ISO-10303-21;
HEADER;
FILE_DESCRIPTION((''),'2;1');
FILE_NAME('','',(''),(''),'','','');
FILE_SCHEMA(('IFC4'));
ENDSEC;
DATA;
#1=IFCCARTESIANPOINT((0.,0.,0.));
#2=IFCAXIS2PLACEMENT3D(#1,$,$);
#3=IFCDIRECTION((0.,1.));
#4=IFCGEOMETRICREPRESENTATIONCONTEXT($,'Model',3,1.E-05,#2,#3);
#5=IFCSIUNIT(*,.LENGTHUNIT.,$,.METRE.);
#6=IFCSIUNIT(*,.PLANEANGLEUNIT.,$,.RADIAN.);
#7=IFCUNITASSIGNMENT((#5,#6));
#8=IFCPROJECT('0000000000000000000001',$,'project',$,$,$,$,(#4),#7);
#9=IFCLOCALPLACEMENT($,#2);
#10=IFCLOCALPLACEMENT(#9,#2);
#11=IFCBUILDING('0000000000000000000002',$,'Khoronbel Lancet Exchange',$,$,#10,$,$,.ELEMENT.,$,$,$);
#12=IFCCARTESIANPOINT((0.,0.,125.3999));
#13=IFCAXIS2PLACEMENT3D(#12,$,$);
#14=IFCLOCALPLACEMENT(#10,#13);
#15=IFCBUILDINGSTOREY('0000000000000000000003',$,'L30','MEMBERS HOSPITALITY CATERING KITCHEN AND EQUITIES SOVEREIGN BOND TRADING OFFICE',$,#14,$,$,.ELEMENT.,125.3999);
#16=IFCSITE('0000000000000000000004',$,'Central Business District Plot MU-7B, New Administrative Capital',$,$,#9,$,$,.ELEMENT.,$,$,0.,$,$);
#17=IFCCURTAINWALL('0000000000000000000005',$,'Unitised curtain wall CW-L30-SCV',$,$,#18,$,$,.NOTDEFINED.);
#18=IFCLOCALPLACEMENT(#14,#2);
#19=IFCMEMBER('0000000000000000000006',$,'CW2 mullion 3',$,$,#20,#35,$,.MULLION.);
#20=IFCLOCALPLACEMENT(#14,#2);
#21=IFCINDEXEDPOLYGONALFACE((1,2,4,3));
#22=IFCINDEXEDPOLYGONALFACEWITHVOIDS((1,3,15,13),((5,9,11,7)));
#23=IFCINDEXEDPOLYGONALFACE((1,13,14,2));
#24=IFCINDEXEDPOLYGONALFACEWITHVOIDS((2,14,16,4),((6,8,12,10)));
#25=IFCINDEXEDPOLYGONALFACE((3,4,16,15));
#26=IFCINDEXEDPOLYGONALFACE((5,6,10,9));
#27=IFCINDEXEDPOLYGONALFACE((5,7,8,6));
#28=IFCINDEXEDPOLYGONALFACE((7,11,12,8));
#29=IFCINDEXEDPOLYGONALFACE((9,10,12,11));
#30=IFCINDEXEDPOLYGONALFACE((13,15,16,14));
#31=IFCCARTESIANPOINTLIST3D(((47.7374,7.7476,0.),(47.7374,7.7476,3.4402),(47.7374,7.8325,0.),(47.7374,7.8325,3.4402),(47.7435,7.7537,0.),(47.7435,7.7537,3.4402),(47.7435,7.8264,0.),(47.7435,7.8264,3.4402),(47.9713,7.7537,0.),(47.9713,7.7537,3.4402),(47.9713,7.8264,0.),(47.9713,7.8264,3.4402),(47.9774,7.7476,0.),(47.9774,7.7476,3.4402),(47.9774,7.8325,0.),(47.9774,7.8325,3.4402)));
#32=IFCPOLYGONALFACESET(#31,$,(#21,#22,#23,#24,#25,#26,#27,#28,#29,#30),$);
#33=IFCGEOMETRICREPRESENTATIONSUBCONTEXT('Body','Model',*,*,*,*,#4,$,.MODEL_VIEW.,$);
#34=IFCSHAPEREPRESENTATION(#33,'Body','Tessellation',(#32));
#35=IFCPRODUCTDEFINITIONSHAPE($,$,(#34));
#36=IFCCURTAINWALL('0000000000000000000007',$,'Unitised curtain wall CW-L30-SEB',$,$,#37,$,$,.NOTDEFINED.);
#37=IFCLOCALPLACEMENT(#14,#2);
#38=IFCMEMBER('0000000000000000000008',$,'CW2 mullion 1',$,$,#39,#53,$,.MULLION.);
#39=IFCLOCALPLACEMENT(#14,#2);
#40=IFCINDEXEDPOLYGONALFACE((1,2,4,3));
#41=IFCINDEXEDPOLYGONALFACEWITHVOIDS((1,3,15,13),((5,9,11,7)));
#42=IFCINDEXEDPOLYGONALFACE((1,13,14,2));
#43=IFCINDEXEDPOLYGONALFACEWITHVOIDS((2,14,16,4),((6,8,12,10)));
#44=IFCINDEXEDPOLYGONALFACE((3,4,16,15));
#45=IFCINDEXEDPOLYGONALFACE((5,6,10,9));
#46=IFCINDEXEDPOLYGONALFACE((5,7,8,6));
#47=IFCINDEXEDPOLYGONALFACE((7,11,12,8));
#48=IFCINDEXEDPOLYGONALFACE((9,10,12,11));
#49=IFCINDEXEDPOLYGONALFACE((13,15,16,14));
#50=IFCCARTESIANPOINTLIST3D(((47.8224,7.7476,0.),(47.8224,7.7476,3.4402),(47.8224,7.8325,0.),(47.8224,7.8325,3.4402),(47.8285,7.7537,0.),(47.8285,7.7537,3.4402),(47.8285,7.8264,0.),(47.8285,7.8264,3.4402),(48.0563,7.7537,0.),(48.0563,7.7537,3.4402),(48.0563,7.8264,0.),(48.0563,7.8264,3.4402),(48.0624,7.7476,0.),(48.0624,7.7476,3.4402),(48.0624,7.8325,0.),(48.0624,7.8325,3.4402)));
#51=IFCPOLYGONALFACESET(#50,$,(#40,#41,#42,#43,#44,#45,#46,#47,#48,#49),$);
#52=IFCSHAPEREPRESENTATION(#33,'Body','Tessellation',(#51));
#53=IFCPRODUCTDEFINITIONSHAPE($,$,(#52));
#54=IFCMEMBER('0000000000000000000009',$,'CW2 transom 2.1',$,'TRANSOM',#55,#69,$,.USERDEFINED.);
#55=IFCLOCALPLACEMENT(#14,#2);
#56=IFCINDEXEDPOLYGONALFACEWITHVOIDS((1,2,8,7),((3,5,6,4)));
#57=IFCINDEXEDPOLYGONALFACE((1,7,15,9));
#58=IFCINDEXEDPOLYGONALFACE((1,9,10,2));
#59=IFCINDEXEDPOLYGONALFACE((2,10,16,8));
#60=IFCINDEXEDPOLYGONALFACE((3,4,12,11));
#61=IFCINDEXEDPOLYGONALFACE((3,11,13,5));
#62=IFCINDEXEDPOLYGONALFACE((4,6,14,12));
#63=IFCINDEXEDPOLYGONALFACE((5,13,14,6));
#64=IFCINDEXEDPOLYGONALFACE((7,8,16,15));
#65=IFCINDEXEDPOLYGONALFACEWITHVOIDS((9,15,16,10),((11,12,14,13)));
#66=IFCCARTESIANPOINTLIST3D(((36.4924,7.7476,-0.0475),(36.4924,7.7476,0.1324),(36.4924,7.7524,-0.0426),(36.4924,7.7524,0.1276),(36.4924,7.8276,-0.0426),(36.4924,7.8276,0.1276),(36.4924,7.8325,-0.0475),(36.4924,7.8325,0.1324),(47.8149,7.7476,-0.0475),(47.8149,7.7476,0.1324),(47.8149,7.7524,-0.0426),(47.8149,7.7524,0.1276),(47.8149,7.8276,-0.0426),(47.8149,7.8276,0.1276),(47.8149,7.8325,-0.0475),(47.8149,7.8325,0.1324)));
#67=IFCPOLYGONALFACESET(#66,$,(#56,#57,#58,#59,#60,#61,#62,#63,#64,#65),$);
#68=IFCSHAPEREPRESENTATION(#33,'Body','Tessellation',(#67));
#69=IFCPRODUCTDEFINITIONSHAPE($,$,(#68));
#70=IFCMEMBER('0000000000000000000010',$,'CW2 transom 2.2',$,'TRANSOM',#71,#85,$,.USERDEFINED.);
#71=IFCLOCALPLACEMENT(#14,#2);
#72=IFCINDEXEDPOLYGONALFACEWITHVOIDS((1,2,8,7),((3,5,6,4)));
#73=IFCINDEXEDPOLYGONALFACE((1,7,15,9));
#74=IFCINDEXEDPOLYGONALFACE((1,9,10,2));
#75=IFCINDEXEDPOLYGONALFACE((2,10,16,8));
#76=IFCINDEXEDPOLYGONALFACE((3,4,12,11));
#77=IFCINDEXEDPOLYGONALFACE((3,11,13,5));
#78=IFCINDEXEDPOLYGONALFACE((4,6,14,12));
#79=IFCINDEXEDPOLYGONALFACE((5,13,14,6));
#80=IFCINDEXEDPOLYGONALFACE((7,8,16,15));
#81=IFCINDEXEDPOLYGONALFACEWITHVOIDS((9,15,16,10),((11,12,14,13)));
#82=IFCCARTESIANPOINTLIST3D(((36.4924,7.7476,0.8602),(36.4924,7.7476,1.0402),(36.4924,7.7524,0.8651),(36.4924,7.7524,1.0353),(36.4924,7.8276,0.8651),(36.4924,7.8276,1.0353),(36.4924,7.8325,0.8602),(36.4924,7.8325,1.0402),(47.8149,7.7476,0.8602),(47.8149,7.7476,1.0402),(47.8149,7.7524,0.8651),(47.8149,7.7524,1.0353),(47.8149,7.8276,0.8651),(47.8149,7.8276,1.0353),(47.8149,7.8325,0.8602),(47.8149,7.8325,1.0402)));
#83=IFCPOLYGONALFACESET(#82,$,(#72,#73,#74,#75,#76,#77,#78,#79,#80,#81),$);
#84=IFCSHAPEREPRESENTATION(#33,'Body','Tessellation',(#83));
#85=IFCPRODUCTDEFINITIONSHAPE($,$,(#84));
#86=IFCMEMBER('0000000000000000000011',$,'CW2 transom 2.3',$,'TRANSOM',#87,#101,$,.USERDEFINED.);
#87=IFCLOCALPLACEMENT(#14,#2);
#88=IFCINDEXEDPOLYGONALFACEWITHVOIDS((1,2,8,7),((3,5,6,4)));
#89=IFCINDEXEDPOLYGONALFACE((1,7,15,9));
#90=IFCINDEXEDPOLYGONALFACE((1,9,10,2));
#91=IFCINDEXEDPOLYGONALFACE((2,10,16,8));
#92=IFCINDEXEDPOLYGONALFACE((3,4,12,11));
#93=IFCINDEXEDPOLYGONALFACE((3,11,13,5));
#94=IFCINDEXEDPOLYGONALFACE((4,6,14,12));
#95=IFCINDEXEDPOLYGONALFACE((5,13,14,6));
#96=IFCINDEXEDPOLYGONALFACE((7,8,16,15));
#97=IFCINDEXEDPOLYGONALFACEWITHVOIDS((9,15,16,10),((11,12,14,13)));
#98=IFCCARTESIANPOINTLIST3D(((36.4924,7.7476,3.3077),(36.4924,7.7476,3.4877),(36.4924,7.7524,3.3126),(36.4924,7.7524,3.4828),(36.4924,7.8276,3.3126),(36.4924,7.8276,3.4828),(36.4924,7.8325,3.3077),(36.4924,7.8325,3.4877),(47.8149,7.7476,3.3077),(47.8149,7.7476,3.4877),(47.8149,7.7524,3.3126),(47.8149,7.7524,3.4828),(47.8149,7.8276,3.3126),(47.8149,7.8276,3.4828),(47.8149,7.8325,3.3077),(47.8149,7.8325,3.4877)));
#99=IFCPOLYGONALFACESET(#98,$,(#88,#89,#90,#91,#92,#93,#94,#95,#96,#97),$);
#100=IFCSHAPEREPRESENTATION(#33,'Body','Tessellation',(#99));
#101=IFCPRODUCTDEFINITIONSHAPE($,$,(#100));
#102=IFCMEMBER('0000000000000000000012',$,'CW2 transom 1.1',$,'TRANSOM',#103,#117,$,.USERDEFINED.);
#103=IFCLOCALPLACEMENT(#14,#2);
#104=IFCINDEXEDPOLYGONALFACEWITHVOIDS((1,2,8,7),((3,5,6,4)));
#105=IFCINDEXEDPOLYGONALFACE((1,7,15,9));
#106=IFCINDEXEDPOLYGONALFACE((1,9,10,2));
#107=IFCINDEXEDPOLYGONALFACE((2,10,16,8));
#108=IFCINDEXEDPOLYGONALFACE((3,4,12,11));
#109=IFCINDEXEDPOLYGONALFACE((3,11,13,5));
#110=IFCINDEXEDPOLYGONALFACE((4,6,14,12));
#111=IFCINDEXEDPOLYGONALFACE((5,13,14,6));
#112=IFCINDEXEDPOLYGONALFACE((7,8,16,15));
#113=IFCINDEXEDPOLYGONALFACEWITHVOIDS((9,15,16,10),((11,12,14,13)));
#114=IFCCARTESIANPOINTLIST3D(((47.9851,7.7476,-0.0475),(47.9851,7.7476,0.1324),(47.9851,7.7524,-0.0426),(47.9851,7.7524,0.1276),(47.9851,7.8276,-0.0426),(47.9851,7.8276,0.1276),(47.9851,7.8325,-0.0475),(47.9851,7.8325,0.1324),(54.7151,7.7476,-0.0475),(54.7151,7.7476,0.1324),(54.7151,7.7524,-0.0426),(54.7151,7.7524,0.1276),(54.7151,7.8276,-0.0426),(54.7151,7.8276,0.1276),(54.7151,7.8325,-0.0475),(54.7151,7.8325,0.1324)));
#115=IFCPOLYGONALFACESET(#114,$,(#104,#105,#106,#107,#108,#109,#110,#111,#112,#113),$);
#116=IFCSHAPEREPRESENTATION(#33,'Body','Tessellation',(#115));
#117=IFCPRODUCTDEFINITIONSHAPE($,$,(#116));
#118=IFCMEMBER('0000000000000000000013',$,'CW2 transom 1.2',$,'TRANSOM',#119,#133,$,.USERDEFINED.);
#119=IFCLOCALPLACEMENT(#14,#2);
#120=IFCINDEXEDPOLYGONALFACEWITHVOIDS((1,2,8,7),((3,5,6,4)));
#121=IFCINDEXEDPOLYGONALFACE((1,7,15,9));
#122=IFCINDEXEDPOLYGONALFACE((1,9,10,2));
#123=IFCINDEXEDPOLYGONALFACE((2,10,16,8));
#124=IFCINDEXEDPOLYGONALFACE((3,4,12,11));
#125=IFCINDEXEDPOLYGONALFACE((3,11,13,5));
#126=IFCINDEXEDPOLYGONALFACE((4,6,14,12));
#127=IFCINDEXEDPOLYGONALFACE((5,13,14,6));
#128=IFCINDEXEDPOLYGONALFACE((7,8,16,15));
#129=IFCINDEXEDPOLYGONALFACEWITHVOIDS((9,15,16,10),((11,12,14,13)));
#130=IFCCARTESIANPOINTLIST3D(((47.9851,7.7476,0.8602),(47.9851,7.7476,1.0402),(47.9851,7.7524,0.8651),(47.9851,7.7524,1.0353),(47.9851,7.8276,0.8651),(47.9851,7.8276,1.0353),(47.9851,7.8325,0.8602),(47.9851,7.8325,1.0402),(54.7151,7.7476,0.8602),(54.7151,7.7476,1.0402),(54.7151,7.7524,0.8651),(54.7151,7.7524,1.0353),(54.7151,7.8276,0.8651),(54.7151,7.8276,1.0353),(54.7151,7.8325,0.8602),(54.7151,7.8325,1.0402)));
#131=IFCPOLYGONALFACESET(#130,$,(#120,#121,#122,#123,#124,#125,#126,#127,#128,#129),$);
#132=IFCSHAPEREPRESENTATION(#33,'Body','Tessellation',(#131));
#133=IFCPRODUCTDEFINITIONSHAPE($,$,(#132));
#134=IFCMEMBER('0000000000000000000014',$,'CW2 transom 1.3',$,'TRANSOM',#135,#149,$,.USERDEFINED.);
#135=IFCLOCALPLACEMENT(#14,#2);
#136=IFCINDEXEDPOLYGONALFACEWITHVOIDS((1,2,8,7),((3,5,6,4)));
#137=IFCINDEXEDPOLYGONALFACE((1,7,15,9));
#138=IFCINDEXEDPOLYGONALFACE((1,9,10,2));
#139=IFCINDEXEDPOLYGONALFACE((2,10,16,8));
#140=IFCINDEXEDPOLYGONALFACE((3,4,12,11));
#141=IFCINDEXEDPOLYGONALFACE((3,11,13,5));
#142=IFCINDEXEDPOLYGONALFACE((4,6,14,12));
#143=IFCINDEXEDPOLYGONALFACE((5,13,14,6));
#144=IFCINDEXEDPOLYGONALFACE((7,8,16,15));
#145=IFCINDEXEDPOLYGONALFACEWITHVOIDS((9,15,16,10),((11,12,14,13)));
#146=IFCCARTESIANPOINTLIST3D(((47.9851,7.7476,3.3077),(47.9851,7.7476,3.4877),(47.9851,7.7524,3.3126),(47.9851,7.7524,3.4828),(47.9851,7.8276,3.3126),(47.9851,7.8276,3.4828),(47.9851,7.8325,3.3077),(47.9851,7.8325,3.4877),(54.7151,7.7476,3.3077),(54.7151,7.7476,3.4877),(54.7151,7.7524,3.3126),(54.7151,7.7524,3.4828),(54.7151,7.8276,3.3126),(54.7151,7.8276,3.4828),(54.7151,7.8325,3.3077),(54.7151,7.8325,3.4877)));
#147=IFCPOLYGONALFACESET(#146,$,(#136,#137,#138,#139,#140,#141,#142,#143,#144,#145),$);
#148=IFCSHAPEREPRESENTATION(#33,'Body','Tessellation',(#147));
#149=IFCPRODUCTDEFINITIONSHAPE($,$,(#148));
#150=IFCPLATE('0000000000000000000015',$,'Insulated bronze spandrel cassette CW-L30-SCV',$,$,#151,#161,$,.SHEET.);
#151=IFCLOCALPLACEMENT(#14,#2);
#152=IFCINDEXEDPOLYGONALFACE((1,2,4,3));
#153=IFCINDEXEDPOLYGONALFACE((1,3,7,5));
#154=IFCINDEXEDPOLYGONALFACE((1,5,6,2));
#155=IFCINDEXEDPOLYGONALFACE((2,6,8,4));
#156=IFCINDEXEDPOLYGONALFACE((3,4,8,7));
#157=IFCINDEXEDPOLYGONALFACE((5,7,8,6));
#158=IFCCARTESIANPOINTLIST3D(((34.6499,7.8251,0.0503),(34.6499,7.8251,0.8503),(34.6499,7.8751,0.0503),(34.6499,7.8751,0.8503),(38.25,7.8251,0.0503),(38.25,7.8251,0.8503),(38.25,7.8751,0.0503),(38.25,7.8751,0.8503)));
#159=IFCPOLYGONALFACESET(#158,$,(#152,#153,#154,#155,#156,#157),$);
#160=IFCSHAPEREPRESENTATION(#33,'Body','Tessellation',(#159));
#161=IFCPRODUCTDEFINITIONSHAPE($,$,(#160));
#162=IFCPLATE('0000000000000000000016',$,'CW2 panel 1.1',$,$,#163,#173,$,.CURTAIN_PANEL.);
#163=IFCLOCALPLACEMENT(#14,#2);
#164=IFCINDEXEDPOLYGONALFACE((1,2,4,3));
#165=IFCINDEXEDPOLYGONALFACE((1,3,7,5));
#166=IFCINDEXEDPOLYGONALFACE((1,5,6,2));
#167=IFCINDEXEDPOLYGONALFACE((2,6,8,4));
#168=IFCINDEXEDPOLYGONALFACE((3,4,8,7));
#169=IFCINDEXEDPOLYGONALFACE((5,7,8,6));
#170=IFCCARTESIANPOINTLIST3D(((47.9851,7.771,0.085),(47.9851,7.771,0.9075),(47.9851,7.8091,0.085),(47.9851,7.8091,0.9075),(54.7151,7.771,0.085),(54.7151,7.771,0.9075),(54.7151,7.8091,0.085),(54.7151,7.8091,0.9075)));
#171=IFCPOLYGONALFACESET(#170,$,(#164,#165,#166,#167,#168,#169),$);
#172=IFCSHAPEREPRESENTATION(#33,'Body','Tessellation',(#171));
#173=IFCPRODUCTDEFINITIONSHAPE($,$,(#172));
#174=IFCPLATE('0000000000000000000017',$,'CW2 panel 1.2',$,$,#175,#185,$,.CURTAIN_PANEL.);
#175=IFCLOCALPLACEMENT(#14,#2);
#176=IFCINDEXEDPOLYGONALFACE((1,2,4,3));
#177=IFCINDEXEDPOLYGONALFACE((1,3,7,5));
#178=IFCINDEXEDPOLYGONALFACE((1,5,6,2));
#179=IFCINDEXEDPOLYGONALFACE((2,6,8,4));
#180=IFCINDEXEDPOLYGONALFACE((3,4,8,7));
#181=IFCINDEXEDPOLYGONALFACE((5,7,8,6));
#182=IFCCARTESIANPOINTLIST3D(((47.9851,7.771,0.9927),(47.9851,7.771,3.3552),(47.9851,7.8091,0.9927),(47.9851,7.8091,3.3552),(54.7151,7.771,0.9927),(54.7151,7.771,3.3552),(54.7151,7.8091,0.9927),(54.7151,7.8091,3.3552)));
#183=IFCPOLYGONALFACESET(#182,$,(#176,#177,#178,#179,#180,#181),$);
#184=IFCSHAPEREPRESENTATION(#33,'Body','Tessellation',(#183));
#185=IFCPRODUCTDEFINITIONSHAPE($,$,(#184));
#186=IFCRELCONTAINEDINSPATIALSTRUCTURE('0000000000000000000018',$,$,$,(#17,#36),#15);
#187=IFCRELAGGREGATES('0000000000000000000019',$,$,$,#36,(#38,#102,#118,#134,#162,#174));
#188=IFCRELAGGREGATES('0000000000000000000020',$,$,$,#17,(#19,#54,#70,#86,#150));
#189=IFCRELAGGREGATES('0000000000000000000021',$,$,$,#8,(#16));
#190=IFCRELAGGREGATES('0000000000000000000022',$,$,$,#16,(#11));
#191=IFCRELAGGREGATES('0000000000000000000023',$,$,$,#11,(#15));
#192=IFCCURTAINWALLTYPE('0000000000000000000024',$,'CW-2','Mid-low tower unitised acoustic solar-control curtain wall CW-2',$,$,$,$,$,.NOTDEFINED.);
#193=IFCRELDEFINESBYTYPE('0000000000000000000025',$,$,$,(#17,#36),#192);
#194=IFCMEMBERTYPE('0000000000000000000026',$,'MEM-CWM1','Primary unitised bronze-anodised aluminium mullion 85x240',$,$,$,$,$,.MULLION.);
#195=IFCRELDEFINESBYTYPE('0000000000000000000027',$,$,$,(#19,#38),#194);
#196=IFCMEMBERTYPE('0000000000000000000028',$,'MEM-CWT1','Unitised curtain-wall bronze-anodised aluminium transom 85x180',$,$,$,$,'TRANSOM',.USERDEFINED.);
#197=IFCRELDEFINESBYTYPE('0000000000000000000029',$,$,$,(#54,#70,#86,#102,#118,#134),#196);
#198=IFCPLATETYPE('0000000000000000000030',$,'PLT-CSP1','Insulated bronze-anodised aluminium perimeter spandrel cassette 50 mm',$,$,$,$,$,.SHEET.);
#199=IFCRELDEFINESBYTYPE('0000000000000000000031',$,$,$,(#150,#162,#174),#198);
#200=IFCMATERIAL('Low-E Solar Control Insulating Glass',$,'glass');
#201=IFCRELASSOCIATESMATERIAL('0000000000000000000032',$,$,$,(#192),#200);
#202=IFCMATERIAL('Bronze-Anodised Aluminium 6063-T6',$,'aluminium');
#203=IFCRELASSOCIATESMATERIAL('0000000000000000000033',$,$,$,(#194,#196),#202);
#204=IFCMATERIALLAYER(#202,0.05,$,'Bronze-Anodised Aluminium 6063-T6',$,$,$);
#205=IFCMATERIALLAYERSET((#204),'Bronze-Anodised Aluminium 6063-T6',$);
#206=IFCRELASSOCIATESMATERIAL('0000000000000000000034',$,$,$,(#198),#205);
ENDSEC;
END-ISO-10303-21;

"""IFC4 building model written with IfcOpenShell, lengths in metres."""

from ifc_helpers import new_model, si_unit, direction, frame, origin, origin_2d, place, context, subcontext, project, spatial, rectangle, hollow_rectangle, extrude, material, layer, layer_set, material_profile, profile_set, type_object, element, aggregate, save


model = new_model("IFC4")

# Units and contexts
model_context = context("Model", 3, precision=1e-05, world=origin(), true_north=direction((0.0, 1.0)))
body_context = subcontext(model_context, "Body", "Model", "MODEL_VIEW")
ifc_project = project(units=[si_unit("LENGTHUNIT", "METRE"), si_unit("PLANEANGLEUNIT", "RADIAN")], contexts=[model_context])

# Site, building, storey
site_placement = place(None, origin())
site = spatial("IfcSite", under=ifc_project, at=site_placement, Name="Central Business District Plot MU-7B, New Administrative Capital", CompositionType="ELEMENT", RefElevation=0.0)
building_placement = place(site_placement, origin())
building = spatial("IfcBuilding", under=site, at=building_placement, Name="Khoronbel Lancet Exchange", CompositionType="ELEMENT")
storey_placement = place(building_placement, frame((0.0, 0.0, 125.3999)))
storey = spatial("IfcBuildingStorey", under=building, at=storey_placement, Name="L30", Description="MEMBERS HOSPITALITY CATERING KITCHEN AND EQUITIES SOVEREIGN BOND TRADING OFFICE", CompositionType="ELEMENT", Elevation=125.3999)

# Curtain wall, member
ifc_material_1 = material(Name="Low-E Solar Control Insulating Glass", Category="glass")
curtain_wall_type = type_object("IfcCurtainWallType", Name="CW-2", Description="Mid-low tower unitised acoustic solar-control curtain wall CW-2", PredefinedType="NOTDEFINED", material=ifc_material_1)
curtain_wall_1_placement = place(storey_placement, origin())
curtain_wall_1 = element("IfcCurtainWall", 1, at=curtain_wall_1_placement, inside=storey, type_object=curtain_wall_type, Name="Unitised curtain wall CW-L30-SCV", PredefinedType="NOTDEFINED")
ifc_material_2 = material(Name="Bronze-Anodised Aluminium 6063-T6", Category="aluminium")
ifc_material_profile_1 = material_profile(ifc_material_2, hollow_rectangle(XDim=0.085, YDim=0.24, WallThickness=0.0061, at=origin_2d()), Name="ALU MULLION 85x240")
ifc_profile_set_1 = profile_set([ifc_material_profile_1], Name="Bronze-Anodised Aluminium 6063-T6")
member_type_1 = type_object("IfcMemberType", Name="MEM-CWM1", Description="Primary unitised bronze-anodised aluminium mullion 85x240", PredefinedType="MULLION", material=ifc_profile_set_1)
member_1_placement = place(storey_placement, frame((47.8574, 7.79, 0.0), z_axis=(0.0, 0.0, 1.0), x_axis=(0.0, 1.0, 0.0)))
member_1 = element("IfcMember", 2, at=member_1_placement, type_object=member_type_1, Name="CW2 mullion 3", PredefinedType="MULLION", context=body_context, shape_type="SweptSolid", body=[
    extrude(hollow_rectangle(XDim=0.085, YDim=0.24, WallThickness=0.0061, at=origin_2d()), origin(), (0.0, 0.0, 1.0), 3.4402),
])

# Curtain wall, member
curtain_wall_2_placement = place(storey_placement, origin())
curtain_wall_2 = element("IfcCurtainWall", 3, at=curtain_wall_2_placement, inside=storey, type_object=curtain_wall_type, Name="Unitised curtain wall CW-L30-SEB", PredefinedType="NOTDEFINED")
member_2_placement = place(storey_placement, frame((47.9424, 7.79, 0.0), z_axis=(0.0, 0.0, 1.0), x_axis=(0.0, 1.0, 0.0)))
member_2 = element("IfcMember", 4, at=member_2_placement, type_object=member_type_1, Name="CW2 mullion 1", PredefinedType="MULLION", context=body_context, shape_type="SweptSolid", body=[
    extrude(hollow_rectangle(XDim=0.085, YDim=0.24, WallThickness=0.0061, at=origin_2d()), origin(), (0.0, 0.0, 1.0), 3.4402),
])

# Members
ifc_material_profile_2 = material_profile(ifc_material_2, hollow_rectangle(XDim=0.085, YDim=0.1799, WallThickness=0.0049, at=origin_2d()), Name="ALU TRANSOM 85x180")
ifc_profile_set_2 = profile_set([ifc_material_profile_2], Name="Bronze-Anodised Aluminium 6063-T6")
member_type_2 = type_object("IfcMemberType", Name="MEM-CWT1", Description="Unitised curtain-wall bronze-anodised aluminium transom 85x180", ElementType="TRANSOM", PredefinedType="USERDEFINED", material=ifc_profile_set_2)
member_3_placement = place(storey_placement, frame((36.4924, 7.79, 0.0425), z_axis=(1.0, 0.0, 0.0), x_axis=(0.0, 1.0, 0.0)))
member_3 = element("IfcMember", 5, at=member_3_placement, type_object=member_type_2, Name="CW2 transom 2.1", ObjectType="TRANSOM", PredefinedType="USERDEFINED", context=body_context, shape_type="SweptSolid", body=[
    extrude(hollow_rectangle(XDim=0.085, YDim=0.1799, WallThickness=0.0049, at=origin_2d()), origin(), (0.0, 0.0, 1.0), 11.3225),
])
member_4_placement = place(storey_placement, frame((36.4924, 7.79, 0.9502), z_axis=(1.0, 0.0, 0.0), x_axis=(0.0, 1.0, 0.0)))
member_4 = element("IfcMember", 6, at=member_4_placement, type_object=member_type_2, Name="CW2 transom 2.2", ObjectType="TRANSOM", PredefinedType="USERDEFINED", context=body_context, shape_type="SweptSolid", body=[
    extrude(hollow_rectangle(XDim=0.085, YDim=0.1799, WallThickness=0.0049, at=origin_2d()), origin(), (0.0, 0.0, 1.0), 11.3225),
])
member_5_placement = place(storey_placement, frame((36.4924, 7.79, 3.3977), z_axis=(1.0, 0.0, 0.0), x_axis=(0.0, 1.0, 0.0)))
member_5 = element("IfcMember", 7, at=member_5_placement, type_object=member_type_2, Name="CW2 transom 2.3", ObjectType="TRANSOM", PredefinedType="USERDEFINED", context=body_context, shape_type="SweptSolid", body=[
    extrude(hollow_rectangle(XDim=0.085, YDim=0.1799, WallThickness=0.0049, at=origin_2d()), origin(), (0.0, 0.0, 1.0), 11.3225),
])
member_6_placement = place(storey_placement, frame((47.9851, 7.79, 0.0425), z_axis=(1.0, 0.0, 0.0), x_axis=(0.0, 1.0, 0.0)))
member_6 = element("IfcMember", 8, at=member_6_placement, type_object=member_type_2, Name="CW2 transom 1.1", ObjectType="TRANSOM", PredefinedType="USERDEFINED", context=body_context, shape_type="SweptSolid", body=[
    extrude(hollow_rectangle(XDim=0.085, YDim=0.1799, WallThickness=0.0049, at=origin_2d()), origin(), (0.0, 0.0, 1.0), 6.73),
])
member_7_placement = place(storey_placement, frame((47.9851, 7.79, 0.9502), z_axis=(1.0, 0.0, 0.0), x_axis=(0.0, 1.0, 0.0)))
member_7 = element("IfcMember", 9, at=member_7_placement, type_object=member_type_2, Name="CW2 transom 1.2", ObjectType="TRANSOM", PredefinedType="USERDEFINED", context=body_context, shape_type="SweptSolid", body=[
    extrude(hollow_rectangle(XDim=0.085, YDim=0.1799, WallThickness=0.0049, at=origin_2d()), origin(), (0.0, 0.0, 1.0), 6.73),
])
member_8_placement = place(storey_placement, frame((47.9851, 7.79, 3.3977), z_axis=(1.0, 0.0, 0.0), x_axis=(0.0, 1.0, 0.0)))
member_8 = element("IfcMember", 10, at=member_8_placement, type_object=member_type_2, Name="CW2 transom 1.3", ObjectType="TRANSOM", PredefinedType="USERDEFINED", context=body_context, shape_type="SweptSolid", body=[
    extrude(hollow_rectangle(XDim=0.085, YDim=0.1799, WallThickness=0.0049, at=origin_2d()), origin(), (0.0, 0.0, 1.0), 6.73),
])

# Plates
ifc_layer_1 = layer(ifc_material_2, 0.05, Name="Bronze-Anodised Aluminium 6063-T6")
ifc_layer_set_1 = layer_set([ifc_layer_1], Name="Bronze-Anodised Aluminium 6063-T6")
plate_type_1 = type_object("IfcPlateType", Name="PLT-CSP1", Description="Insulated bronze-anodised aluminium perimeter spandrel cassette 50 mm", PredefinedType="SHEET", material=ifc_layer_set_1)
plate_1_placement = place(storey_placement, frame((36.45, 7.8501, 0.0503), z_axis=(0.0, 0.0, 1.0), x_axis=(1.0, 0.0, 0.0)))
plate_1 = element("IfcPlate", 11, at=plate_1_placement, type_object=plate_type_1, Name="Insulated bronze spandrel cassette CW-L30-SCV", PredefinedType="SHEET", context=body_context, shape_type="SweptSolid", body=[
    extrude(rectangle(XDim=3.6001, YDim=0.05, at=origin_2d()), origin(), (0.0, 0.0, 1.0), 0.8),
])
plate_2_placement = place(storey_placement, frame((51.3501, 7.79, 0.085), z_axis=(0.0, 0.0, 1.0), x_axis=(1.0, 0.0, 0.0)))
plate_2 = element("IfcPlate", 12, at=plate_2_placement, type_object=plate_type_1, Name="CW2 panel 1.1", PredefinedType="CURTAIN_PANEL", context=body_context, shape_type="SweptSolid", body=[
    extrude(rectangle(XDim=6.73, YDim=0.0381, at=origin_2d()), origin(), (0.0, 0.0, 1.0), 0.8225),
])
plate_3_placement = place(storey_placement, frame((51.3501, 7.79, 0.9927), z_axis=(0.0, 0.0, 1.0), x_axis=(1.0, 0.0, 0.0)))
plate_3 = element("IfcPlate", 13, at=plate_3_placement, type_object=plate_type_1, Name="CW2 panel 1.2", PredefinedType="CURTAIN_PANEL", context=body_context, shape_type="SweptSolid", body=[
    extrude(rectangle(XDim=6.73, YDim=0.0381, at=origin_2d()), origin(), (0.0, 0.0, 1.0), 2.3625),
])
aggregate(curtain_wall_2, [member_2, member_6, member_7, member_8, plate_2, plate_3])
aggregate(curtain_wall_1, [member_1, member_3, member_4, member_5, plate_1])

save(model, "model.ifc")
